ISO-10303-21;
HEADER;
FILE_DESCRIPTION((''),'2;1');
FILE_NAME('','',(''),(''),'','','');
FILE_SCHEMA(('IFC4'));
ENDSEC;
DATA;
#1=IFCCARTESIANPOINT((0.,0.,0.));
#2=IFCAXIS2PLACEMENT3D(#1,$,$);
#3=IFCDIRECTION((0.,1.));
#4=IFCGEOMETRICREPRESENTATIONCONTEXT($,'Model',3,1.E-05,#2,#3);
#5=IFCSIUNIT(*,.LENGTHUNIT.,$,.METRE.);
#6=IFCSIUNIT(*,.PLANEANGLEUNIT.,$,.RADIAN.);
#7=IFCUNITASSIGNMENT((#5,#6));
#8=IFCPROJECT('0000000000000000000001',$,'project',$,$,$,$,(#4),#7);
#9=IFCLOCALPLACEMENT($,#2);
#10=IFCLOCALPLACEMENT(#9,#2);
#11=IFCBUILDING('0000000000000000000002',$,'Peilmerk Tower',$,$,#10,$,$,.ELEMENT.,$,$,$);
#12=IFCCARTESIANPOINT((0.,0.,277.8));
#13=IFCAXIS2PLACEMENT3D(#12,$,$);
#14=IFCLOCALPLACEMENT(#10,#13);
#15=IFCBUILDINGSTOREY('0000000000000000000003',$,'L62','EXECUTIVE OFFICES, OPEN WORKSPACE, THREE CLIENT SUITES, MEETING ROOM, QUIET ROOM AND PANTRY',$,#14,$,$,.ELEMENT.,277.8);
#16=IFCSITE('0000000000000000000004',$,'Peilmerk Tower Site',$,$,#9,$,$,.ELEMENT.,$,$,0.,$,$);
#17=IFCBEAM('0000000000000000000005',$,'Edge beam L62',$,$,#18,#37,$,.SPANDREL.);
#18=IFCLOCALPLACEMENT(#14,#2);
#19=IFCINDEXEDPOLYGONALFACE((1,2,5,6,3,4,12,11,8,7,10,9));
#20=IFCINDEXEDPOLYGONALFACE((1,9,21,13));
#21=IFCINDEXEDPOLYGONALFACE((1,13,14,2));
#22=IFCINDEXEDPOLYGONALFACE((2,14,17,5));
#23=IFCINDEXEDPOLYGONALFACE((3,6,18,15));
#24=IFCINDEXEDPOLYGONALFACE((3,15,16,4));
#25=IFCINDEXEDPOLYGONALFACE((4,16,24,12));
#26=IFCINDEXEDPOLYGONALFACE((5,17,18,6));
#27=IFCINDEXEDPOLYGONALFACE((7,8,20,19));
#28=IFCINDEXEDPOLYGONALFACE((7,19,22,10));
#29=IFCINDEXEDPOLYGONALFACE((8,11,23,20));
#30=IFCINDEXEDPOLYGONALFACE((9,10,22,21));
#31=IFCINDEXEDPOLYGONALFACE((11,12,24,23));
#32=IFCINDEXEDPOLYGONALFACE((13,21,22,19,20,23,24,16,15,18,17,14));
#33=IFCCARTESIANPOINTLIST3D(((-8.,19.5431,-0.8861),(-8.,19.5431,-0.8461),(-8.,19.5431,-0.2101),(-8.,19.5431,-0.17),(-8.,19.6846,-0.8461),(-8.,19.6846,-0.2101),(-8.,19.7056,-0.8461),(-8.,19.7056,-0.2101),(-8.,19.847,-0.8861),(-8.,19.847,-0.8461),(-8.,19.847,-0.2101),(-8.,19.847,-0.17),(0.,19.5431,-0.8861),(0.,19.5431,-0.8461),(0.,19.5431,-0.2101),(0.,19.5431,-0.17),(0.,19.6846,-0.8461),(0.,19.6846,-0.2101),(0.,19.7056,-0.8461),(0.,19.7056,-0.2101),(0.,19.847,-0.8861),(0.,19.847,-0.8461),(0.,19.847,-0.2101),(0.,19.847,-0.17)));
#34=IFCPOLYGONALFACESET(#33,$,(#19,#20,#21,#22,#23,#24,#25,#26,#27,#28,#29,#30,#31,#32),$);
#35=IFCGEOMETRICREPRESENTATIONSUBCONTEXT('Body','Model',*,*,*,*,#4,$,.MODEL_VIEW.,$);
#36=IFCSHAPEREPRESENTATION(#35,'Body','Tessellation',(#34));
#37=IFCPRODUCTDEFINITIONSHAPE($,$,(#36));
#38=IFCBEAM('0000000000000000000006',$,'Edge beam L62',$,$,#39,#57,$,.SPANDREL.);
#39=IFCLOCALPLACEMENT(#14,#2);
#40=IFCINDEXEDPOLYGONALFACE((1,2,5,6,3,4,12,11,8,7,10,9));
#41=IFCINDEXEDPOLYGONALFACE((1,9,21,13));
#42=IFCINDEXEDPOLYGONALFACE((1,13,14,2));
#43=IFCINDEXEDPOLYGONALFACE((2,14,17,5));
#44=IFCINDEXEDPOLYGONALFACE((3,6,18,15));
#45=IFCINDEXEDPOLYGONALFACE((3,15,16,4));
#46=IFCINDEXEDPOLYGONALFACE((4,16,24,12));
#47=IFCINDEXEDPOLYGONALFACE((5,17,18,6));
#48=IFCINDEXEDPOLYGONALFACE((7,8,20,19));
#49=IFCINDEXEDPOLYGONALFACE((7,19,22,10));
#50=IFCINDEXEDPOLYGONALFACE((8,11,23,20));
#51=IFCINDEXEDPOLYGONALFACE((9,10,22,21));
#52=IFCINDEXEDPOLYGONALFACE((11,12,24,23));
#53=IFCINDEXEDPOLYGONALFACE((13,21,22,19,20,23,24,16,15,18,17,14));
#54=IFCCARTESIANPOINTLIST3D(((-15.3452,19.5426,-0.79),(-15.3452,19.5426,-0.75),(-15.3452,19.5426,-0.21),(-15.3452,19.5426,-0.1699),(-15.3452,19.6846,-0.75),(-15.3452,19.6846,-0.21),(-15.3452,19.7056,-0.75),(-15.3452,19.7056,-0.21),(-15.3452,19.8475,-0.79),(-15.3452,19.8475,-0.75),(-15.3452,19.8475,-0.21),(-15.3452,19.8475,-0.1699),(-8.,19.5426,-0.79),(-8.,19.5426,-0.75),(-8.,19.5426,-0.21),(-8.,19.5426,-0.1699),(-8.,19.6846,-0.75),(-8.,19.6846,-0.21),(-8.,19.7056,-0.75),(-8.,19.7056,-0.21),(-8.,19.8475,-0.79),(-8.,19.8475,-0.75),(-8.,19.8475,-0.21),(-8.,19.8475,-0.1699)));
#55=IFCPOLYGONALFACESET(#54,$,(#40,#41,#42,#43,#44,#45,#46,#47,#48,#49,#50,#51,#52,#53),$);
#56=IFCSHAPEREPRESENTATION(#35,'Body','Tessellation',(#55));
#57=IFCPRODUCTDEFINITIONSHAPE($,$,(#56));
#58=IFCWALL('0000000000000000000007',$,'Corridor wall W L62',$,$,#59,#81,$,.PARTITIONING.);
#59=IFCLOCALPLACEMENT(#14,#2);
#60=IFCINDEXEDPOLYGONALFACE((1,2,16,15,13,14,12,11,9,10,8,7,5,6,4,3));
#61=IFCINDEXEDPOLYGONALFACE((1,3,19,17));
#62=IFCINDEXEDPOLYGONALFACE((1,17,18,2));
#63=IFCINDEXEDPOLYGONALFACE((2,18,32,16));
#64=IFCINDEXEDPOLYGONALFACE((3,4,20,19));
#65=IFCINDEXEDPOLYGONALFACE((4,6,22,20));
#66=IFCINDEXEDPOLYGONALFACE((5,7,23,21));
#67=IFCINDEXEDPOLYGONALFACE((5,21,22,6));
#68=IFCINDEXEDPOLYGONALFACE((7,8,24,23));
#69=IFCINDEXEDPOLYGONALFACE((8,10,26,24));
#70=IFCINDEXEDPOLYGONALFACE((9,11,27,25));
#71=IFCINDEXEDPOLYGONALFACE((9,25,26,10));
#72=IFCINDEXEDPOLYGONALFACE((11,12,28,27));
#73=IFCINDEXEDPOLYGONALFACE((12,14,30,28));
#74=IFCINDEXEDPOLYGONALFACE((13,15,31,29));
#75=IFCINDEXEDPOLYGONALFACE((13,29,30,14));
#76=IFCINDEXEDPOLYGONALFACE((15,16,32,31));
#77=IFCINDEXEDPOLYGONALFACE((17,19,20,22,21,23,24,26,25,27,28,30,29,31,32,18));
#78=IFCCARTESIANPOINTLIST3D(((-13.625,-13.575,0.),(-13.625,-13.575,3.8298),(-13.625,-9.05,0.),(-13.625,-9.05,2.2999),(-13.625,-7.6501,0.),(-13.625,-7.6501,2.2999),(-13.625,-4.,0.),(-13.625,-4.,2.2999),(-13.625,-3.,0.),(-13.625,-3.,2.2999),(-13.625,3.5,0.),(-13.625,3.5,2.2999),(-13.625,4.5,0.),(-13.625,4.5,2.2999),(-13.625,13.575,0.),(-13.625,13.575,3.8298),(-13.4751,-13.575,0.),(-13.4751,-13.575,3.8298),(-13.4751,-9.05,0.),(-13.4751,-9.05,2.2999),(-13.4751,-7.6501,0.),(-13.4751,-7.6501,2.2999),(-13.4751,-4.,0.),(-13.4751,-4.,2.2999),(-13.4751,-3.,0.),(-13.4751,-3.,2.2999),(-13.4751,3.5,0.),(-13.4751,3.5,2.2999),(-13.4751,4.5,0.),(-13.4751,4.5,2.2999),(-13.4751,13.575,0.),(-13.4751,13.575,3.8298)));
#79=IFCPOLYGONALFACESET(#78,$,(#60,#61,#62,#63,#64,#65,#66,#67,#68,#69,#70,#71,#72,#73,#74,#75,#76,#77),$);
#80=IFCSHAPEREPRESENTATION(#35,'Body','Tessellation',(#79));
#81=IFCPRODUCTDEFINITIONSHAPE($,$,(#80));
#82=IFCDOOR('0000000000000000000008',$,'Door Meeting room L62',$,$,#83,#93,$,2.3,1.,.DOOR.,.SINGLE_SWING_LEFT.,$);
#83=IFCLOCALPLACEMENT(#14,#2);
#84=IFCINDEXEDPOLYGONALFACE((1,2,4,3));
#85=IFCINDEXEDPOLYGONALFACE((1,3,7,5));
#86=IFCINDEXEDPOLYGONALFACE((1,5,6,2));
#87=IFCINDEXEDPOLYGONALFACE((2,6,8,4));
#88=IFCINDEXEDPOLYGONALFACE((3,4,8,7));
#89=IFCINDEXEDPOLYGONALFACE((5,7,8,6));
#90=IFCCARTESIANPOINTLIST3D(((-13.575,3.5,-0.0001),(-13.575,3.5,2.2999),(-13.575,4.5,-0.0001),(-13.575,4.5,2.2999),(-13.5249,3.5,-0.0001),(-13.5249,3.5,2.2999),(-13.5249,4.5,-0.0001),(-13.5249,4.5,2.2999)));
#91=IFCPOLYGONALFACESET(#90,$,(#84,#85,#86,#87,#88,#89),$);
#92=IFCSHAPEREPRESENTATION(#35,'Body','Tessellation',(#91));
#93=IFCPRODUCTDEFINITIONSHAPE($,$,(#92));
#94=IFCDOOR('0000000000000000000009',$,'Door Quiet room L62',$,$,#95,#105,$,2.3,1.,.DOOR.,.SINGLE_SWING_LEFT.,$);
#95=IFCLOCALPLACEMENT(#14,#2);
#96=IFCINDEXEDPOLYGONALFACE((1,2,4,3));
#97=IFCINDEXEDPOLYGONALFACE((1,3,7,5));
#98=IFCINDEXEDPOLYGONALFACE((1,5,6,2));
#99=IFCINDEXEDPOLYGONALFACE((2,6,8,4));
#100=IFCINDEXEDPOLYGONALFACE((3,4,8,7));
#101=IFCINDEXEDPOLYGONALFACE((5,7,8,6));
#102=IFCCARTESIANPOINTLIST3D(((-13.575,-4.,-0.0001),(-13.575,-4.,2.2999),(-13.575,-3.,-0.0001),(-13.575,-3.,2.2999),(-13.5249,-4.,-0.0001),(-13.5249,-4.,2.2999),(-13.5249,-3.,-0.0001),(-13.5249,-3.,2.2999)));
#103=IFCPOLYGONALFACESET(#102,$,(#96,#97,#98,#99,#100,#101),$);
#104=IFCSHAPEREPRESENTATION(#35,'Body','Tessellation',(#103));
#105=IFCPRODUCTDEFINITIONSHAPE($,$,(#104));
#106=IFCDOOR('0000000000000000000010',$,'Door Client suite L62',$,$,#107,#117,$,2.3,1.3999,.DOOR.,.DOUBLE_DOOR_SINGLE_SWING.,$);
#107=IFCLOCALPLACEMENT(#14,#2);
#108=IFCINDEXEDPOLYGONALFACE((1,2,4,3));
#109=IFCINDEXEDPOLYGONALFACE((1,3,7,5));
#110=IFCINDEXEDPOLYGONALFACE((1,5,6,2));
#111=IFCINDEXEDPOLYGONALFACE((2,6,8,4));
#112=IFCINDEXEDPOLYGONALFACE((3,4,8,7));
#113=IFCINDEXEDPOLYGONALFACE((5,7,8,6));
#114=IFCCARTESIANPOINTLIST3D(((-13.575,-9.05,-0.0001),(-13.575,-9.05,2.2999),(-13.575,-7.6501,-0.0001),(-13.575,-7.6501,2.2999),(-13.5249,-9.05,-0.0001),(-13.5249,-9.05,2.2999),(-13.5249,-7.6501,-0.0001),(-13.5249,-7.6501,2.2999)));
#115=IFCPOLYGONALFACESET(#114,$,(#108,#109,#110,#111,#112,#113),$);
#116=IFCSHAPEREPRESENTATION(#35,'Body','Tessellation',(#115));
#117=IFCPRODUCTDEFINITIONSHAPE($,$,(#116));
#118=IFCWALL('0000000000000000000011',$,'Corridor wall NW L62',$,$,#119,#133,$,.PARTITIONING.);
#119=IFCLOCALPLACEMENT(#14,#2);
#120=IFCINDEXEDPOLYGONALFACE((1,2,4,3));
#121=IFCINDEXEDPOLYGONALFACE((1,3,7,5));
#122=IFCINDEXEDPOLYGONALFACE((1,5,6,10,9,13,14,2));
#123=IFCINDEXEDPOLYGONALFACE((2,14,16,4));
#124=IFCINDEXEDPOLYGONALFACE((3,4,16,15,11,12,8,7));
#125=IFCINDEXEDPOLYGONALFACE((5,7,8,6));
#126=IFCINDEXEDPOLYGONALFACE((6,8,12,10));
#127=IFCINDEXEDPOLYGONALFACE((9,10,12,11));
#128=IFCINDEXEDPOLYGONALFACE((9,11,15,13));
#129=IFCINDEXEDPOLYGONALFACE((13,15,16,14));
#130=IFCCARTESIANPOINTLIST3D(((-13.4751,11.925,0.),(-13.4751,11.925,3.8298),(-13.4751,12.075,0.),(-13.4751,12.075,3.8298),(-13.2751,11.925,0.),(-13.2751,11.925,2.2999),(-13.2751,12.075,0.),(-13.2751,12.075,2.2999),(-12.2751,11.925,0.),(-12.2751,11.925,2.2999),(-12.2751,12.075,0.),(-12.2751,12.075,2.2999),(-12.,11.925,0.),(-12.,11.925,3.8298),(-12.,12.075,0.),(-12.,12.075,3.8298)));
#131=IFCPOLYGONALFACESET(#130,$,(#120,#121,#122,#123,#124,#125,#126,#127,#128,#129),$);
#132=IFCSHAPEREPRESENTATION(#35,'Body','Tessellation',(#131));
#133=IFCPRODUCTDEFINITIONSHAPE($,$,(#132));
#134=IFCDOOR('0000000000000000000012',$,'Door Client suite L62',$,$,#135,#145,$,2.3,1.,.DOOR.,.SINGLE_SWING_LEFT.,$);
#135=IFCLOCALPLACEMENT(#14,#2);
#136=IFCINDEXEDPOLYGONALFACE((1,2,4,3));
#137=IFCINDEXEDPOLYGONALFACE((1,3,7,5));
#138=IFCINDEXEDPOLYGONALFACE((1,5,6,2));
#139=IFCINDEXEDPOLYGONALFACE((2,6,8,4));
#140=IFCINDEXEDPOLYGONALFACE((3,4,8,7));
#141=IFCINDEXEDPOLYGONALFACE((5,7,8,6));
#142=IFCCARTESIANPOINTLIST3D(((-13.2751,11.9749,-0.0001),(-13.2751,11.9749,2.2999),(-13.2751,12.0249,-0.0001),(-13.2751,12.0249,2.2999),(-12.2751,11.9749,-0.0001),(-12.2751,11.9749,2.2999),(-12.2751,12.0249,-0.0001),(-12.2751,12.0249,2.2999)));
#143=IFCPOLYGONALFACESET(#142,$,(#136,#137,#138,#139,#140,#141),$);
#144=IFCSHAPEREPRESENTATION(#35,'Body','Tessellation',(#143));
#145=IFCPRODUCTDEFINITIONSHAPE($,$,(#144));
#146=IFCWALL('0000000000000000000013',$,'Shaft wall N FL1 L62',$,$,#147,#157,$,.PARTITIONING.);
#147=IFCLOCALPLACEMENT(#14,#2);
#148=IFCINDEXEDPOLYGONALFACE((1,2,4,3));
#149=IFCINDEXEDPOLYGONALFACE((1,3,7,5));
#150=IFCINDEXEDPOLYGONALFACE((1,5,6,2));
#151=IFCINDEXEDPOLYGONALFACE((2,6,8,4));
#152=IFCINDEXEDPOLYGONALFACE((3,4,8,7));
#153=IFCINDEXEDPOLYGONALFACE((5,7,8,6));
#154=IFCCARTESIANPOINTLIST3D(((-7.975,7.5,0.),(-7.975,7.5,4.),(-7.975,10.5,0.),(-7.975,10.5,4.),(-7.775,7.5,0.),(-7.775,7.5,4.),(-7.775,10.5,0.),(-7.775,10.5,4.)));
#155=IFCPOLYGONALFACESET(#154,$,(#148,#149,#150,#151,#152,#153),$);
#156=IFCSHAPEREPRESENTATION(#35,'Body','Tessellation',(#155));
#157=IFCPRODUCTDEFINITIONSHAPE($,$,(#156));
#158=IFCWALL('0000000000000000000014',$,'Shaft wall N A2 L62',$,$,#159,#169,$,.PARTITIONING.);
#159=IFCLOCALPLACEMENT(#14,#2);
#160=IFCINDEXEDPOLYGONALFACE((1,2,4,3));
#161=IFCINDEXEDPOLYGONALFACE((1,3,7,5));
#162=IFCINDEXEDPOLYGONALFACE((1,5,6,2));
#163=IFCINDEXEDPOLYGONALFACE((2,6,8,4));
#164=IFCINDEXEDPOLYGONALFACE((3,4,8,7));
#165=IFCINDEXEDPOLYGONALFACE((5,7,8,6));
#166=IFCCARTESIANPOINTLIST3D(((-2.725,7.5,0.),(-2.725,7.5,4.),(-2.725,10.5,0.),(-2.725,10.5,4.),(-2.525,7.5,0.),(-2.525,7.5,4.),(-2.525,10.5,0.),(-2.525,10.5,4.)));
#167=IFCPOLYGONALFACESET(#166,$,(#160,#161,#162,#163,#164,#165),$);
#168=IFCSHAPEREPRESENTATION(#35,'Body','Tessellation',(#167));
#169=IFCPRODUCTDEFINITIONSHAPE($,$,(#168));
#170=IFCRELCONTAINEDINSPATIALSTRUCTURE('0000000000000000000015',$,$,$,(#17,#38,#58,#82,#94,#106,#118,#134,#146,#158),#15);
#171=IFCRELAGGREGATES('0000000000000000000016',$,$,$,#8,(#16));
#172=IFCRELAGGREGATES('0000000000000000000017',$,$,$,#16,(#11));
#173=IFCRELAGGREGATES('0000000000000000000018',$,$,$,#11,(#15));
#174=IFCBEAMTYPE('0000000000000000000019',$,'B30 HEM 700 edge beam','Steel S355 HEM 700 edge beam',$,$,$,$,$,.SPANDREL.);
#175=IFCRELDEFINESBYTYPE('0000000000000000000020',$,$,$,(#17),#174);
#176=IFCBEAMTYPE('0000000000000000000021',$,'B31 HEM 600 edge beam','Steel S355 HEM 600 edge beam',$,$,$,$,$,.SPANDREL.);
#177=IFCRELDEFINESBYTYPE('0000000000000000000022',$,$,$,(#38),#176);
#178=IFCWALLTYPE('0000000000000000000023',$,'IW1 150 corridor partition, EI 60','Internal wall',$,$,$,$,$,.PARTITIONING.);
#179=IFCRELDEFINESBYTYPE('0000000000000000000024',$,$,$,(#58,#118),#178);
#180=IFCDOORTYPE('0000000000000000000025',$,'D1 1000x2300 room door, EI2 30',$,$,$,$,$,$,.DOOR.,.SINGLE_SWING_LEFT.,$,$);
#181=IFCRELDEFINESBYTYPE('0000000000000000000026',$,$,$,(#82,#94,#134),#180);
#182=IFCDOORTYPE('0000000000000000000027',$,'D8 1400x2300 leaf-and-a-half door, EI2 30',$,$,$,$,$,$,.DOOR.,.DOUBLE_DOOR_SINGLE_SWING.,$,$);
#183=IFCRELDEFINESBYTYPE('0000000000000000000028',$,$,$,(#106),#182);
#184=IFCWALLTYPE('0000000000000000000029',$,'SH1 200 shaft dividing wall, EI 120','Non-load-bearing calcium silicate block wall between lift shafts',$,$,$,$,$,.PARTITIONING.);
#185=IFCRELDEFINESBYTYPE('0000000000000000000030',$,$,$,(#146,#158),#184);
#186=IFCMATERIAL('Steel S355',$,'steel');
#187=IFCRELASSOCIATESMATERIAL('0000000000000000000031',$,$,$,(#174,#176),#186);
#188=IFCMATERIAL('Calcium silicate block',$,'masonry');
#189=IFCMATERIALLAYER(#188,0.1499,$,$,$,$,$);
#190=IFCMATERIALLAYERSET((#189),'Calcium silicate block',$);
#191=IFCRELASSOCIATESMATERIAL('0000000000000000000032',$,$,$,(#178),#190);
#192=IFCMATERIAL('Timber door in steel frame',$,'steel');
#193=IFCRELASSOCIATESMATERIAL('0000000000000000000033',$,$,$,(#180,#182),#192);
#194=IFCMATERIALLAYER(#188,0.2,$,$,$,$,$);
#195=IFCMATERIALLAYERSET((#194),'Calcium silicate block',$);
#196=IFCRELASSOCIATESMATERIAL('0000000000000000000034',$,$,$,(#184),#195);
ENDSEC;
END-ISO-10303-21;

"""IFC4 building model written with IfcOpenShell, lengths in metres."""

from ifc_helpers import new_model, si_unit, direction, frame, frame_2d, origin, origin_2d, place, context, subcontext, project, spatial, rectangle, i_section, extrude, material, layer, layer_set, material_profile, profile_set, type_object, element, fill, save


model = new_model("IFC4")

# Units and contexts
model_context = context("Model", 3, precision=1e-05, world=origin(), true_north=direction((0.0, 1.0)))
body_context = subcontext(model_context, "Body", "Model", "MODEL_VIEW")
ifc_project = project(units=[si_unit("LENGTHUNIT", "METRE"), si_unit("PLANEANGLEUNIT", "RADIAN")], contexts=[model_context])

# Site, building, storey
site_placement = place(None, origin())
site = spatial("IfcSite", under=ifc_project, at=site_placement, Name="Peilmerk Tower Site", CompositionType="ELEMENT", RefElevation=0.0)
building_placement = place(site_placement, origin())
building = spatial("IfcBuilding", under=site, at=building_placement, Name="Peilmerk Tower", CompositionType="ELEMENT")
storey_placement = place(building_placement, frame((0.0, 0.0, 277.8)))
storey = spatial("IfcBuildingStorey", under=building, at=storey_placement, Name="L62", Description="EXECUTIVE OFFICES, OPEN WORKSPACE, THREE CLIENT SUITES, MEETING ROOM, QUIET ROOM AND PANTRY", CompositionType="ELEMENT", Elevation=277.8)

# Beams
ifc_material_1 = material(Name="Steel S355", Category="steel")
ifc_material_profile_1 = material_profile(ifc_material_1, i_section(OverallWidth=0.304, OverallDepth=0.7161, WebThickness=0.021, FlangeThickness=0.04, at=origin_2d()), Name="HEM 700")
ifc_profile_set_1 = profile_set([ifc_material_profile_1], Name="Steel S355")
beam_type_1 = type_object("IfcBeamType", Name="B30 HEM 700 edge beam", Description="Steel S355 HEM 700 edge beam", PredefinedType="SPANDREL", material=ifc_profile_set_1)
beam_1_placement = place(storey_placement, frame((0.0, 19.6951, -0.5281), z_axis=(-1.0, 0.0, 0.0), x_axis=(0.0, -1.0, 0.0)))
element("IfcBeam", 1, at=beam_1_placement, inside=storey, type_object=beam_type_1, Name="Edge beam L62", PredefinedType="SPANDREL", context=body_context, shape_type="SweptSolid", body=[
    extrude(i_section(OverallWidth=0.304, OverallDepth=0.7161, WebThickness=0.021, FlangeThickness=0.04, at=origin_2d()), origin(), (0.0, 0.0, 1.0), 8.0),
])
ifc_material_profile_2 = material_profile(ifc_material_1, i_section(OverallWidth=0.3049, OverallDepth=0.6201, WebThickness=0.021, FlangeThickness=0.04, at=origin_2d()), Name="HEM 600")
ifc_profile_set_2 = profile_set([ifc_material_profile_2], Name="Steel S355")
beam_type_2 = type_object("IfcBeamType", Name="B31 HEM 600 edge beam", Description="Steel S355 HEM 600 edge beam", PredefinedType="SPANDREL", material=ifc_profile_set_2)
beam_2_placement = place(storey_placement, frame((-8.0, 19.6951, -0.48), z_axis=(-1.0, 0.0, 0.0), x_axis=(0.0, -1.0, 0.0)))
element("IfcBeam", 2, at=beam_2_placement, inside=storey, type_object=beam_type_2, Name="Edge beam L62", PredefinedType="SPANDREL", context=body_context, shape_type="SweptSolid", body=[
    extrude(i_section(OverallWidth=0.3049, OverallDepth=0.6201, WebThickness=0.021, FlangeThickness=0.04, at=origin_2d()), origin(), (0.0, 0.0, 1.0), 7.3452),
])

# Wall, openings, doors
ifc_material_2 = material(Name="Calcium silicate block", Category="masonry")
ifc_layer_1 = layer(ifc_material_2, 0.1499)
ifc_layer_set_1 = layer_set([ifc_layer_1], Name="Calcium silicate block")
wall_type_1 = type_object("IfcWallType", Name="IW1 150 corridor partition, EI 60", Description="Internal wall", PredefinedType="PARTITIONING", material=ifc_layer_set_1)
wall_1_placement = place(storey_placement, frame((-13.55, 13.575, 0.0), z_axis=(0.0, 0.0, 1.0), x_axis=(0.0, -1.0, 0.0)))
wall_1 = element("IfcWall", 3, at=wall_1_placement, inside=storey, type_object=wall_type_1, Name="Corridor wall W L62", PredefinedType="PARTITIONING", context=body_context, shape_type="SweptSolid", body=[
    extrude(rectangle(XDim=27.1499, YDim=0.1499, at=frame_2d((13.575, 0.0))), origin(), (0.0, 0.0, 1.0), 3.8298),
])
opening_1_placement = place(wall_1_placement, frame((21.2251, 0.0, 0.0)))
opening_1 = element("IfcOpeningElement", 4, at=opening_1_placement, cuts=wall_1, PredefinedType="OPENING", context=body_context, shape_type="SweptSolid", body=[
    extrude(rectangle(XDim=1.3999, YDim=2.3, at=frame_2d((0.7, 1.1499))), frame((0.0, 0.085, 0.0), z_axis=(0.0, -1.0, 0.0), x_axis=(1.0, 0.0, 0.0)), (0.0, 0.0, 1.0), 0.1699),
])
opening_2_placement = place(wall_1_placement, frame((9.075, 0.0, 0.0)))
opening_2 = element("IfcOpeningElement", 5, at=opening_2_placement, cuts=wall_1, PredefinedType="OPENING", context=body_context, shape_type="SweptSolid", body=[
    extrude(rectangle(XDim=1.0, YDim=2.3, at=frame_2d((0.5, 1.1499))), frame((0.0, 0.085, 0.0), z_axis=(0.0, -1.0, 0.0), x_axis=(1.0, 0.0, 0.0)), (0.0, 0.0, 1.0), 0.1699),
])
opening_3_placement = place(wall_1_placement, frame((16.575, 0.0, 0.0)))
opening_3 = element("IfcOpeningElement", 6, at=opening_3_placement, cuts=wall_1, PredefinedType="OPENING", context=body_context, shape_type="SweptSolid", body=[
    extrude(rectangle(XDim=1.0, YDim=2.3, at=frame_2d((0.5, 1.1499))), frame((0.0, 0.085, 0.0), z_axis=(0.0, -1.0, 0.0), x_axis=(1.0, 0.0, 0.0)), (0.0, 0.0, 1.0), 0.1699),
])
ifc_material_3 = material(Name="Timber door in steel frame", Category="steel")
door_type_1 = type_object("IfcDoorType", Name="D1 1000x2300 room door, EI2 30", OperationType="SINGLE_SWING_LEFT", PredefinedType="DOOR", material=ifc_material_3)
door_1_placement = place(opening_2_placement, frame((1.0, 0.0, 0.0), z_axis=(0.0, 0.0, 1.0), x_axis=(-1.0, 0.0, 0.0)))
door_1 = element("IfcDoor", 7, at=door_1_placement, inside=storey, type_object=door_type_1, Name="Door Meeting room L62", OperationType="SINGLE_SWING_LEFT", OverallHeight=2.3, OverallWidth=1.0, PredefinedType="DOOR", context=body_context, shape_type="SweptSolid", body=[
    extrude(rectangle(XDim=1.0, YDim=2.3, at=frame_2d((0.5, 1.1499))), frame((0.0, 0.0249, 0.0), z_axis=(0.0, -1.0, 0.0), x_axis=(1.0, 0.0, 0.0)), (0.0, 0.0, 1.0), 0.05),
])
fill(opening_2, door_1)
door_2_placement = place(opening_3_placement, frame((1.0, 0.0, 0.0), z_axis=(0.0, 0.0, 1.0), x_axis=(-1.0, 0.0, 0.0)))
door_2 = element("IfcDoor", 8, at=door_2_placement, inside=storey, type_object=door_type_1, Name="Door Quiet room L62", OperationType="SINGLE_SWING_LEFT", OverallHeight=2.3, OverallWidth=1.0, PredefinedType="DOOR", context=body_context, shape_type="SweptSolid", body=[
    extrude(rectangle(XDim=1.0, YDim=2.3, at=frame_2d((0.5, 1.1499))), frame((0.0, 0.0249, 0.0), z_axis=(0.0, -1.0, 0.0), x_axis=(1.0, 0.0, 0.0)), (0.0, 0.0, 1.0), 0.05),
])
fill(opening_3, door_2)
door_type_2 = type_object("IfcDoorType", Name="D8 1400x2300 leaf-and-a-half door, EI2 30", OperationType="DOUBLE_DOOR_SINGLE_SWING", PredefinedType="DOOR", material=ifc_material_3)
door_3_placement = place(opening_1_placement, frame((1.3999, 0.0, 0.0), z_axis=(0.0, 0.0, 1.0), x_axis=(-1.0, 0.0, 0.0)))
door_3 = element("IfcDoor", 9, at=door_3_placement, inside=storey, type_object=door_type_2, Name="Door Client suite L62", OperationType="DOUBLE_DOOR_SINGLE_SWING", OverallHeight=2.3, OverallWidth=1.3999, PredefinedType="DOOR", context=body_context, shape_type="SweptSolid", body=[
    extrude(rectangle(XDim=1.3999, YDim=2.3, at=frame_2d((0.7, 1.1499))), frame((0.0, 0.0249, 0.0), z_axis=(0.0, -1.0, 0.0), x_axis=(1.0, 0.0, 0.0)), (0.0, 0.0, 1.0), 0.05),
])
fill(opening_1, door_3)

# Wall, opening, door
wall_2_placement = place(storey_placement, frame((-13.4751, 12.0, 0.0), z_axis=(0.0, 0.0, 1.0), x_axis=(1.0, 0.0, 0.0)))
wall_2 = element("IfcWall", 10, at=wall_2_placement, inside=storey, type_object=wall_type_1, Name="Corridor wall NW L62", PredefinedType="PARTITIONING", context=body_context, shape_type="SweptSolid", body=[
    extrude(rectangle(XDim=1.4751, YDim=0.1499, at=frame_2d((0.7375, 0.0))), origin(), (0.0, 0.0, 1.0), 3.8298),
])
opening_4_placement = place(wall_2_placement, frame((0.2, 0.0, 0.0)))
opening_4 = element("IfcOpeningElement", 11, at=opening_4_placement, cuts=wall_2, PredefinedType="OPENING", context=body_context, shape_type="SweptSolid", body=[
    extrude(rectangle(XDim=1.0, YDim=2.3, at=frame_2d((0.5, 1.1499))), frame((0.0, 0.085, 0.0), z_axis=(0.0, -1.0, 0.0), x_axis=(1.0, 0.0, 0.0)), (0.0, 0.0, 1.0), 0.1699),
])
door_4_placement = place(opening_4_placement, origin())
door_4 = element("IfcDoor", 12, at=door_4_placement, inside=storey, type_object=door_type_1, Name="Door Client suite L62", OperationType="SINGLE_SWING_LEFT", OverallHeight=2.3, OverallWidth=1.0, PredefinedType="DOOR", context=body_context, shape_type="SweptSolid", body=[
    extrude(rectangle(XDim=1.0, YDim=2.3, at=frame_2d((0.5, 1.1499))), frame((0.0, 0.0249, 0.0), z_axis=(0.0, -1.0, 0.0), x_axis=(1.0, 0.0, 0.0)), (0.0, 0.0, 1.0), 0.05),
])
fill(opening_4, door_4)

# Walls
ifc_layer_2 = layer(ifc_material_2, 0.2)
ifc_layer_set_2 = layer_set([ifc_layer_2], Name="Calcium silicate block")
wall_type_2 = type_object("IfcWallType", Name="SH1 200 shaft dividing wall, EI 120", Description="Non-load-bearing calcium silicate block wall between lift shafts", PredefinedType="PARTITIONING", material=ifc_layer_set_2)
for number, where, z_axis, x_axis, name in (
    (13, (-7.875, 7.5, 0.0), (0.0, 0.0, 1.0), (0.0, 1.0, 0.0), "Shaft wall N FL1 L62"),
    (14, (-2.625, 7.5, 0.0), (0.0, 0.0, 1.0), (0.0, 1.0, 0.0), "Shaft wall N A2 L62"),
):
    element("IfcWall", number, at=place(storey_placement, frame(where, z_axis=z_axis, x_axis=x_axis)), inside=storey, type_object=wall_type_2, Name=name, PredefinedType="PARTITIONING", context=body_context, shape_type="SweptSolid", body=[
        extrude(rectangle(XDim=3.0, YDim=0.2, at=frame_2d((1.5, 0.0))), origin(), (0.0, 0.0, 1.0), 4.0),
    ])

save(model, "model.ifc")
